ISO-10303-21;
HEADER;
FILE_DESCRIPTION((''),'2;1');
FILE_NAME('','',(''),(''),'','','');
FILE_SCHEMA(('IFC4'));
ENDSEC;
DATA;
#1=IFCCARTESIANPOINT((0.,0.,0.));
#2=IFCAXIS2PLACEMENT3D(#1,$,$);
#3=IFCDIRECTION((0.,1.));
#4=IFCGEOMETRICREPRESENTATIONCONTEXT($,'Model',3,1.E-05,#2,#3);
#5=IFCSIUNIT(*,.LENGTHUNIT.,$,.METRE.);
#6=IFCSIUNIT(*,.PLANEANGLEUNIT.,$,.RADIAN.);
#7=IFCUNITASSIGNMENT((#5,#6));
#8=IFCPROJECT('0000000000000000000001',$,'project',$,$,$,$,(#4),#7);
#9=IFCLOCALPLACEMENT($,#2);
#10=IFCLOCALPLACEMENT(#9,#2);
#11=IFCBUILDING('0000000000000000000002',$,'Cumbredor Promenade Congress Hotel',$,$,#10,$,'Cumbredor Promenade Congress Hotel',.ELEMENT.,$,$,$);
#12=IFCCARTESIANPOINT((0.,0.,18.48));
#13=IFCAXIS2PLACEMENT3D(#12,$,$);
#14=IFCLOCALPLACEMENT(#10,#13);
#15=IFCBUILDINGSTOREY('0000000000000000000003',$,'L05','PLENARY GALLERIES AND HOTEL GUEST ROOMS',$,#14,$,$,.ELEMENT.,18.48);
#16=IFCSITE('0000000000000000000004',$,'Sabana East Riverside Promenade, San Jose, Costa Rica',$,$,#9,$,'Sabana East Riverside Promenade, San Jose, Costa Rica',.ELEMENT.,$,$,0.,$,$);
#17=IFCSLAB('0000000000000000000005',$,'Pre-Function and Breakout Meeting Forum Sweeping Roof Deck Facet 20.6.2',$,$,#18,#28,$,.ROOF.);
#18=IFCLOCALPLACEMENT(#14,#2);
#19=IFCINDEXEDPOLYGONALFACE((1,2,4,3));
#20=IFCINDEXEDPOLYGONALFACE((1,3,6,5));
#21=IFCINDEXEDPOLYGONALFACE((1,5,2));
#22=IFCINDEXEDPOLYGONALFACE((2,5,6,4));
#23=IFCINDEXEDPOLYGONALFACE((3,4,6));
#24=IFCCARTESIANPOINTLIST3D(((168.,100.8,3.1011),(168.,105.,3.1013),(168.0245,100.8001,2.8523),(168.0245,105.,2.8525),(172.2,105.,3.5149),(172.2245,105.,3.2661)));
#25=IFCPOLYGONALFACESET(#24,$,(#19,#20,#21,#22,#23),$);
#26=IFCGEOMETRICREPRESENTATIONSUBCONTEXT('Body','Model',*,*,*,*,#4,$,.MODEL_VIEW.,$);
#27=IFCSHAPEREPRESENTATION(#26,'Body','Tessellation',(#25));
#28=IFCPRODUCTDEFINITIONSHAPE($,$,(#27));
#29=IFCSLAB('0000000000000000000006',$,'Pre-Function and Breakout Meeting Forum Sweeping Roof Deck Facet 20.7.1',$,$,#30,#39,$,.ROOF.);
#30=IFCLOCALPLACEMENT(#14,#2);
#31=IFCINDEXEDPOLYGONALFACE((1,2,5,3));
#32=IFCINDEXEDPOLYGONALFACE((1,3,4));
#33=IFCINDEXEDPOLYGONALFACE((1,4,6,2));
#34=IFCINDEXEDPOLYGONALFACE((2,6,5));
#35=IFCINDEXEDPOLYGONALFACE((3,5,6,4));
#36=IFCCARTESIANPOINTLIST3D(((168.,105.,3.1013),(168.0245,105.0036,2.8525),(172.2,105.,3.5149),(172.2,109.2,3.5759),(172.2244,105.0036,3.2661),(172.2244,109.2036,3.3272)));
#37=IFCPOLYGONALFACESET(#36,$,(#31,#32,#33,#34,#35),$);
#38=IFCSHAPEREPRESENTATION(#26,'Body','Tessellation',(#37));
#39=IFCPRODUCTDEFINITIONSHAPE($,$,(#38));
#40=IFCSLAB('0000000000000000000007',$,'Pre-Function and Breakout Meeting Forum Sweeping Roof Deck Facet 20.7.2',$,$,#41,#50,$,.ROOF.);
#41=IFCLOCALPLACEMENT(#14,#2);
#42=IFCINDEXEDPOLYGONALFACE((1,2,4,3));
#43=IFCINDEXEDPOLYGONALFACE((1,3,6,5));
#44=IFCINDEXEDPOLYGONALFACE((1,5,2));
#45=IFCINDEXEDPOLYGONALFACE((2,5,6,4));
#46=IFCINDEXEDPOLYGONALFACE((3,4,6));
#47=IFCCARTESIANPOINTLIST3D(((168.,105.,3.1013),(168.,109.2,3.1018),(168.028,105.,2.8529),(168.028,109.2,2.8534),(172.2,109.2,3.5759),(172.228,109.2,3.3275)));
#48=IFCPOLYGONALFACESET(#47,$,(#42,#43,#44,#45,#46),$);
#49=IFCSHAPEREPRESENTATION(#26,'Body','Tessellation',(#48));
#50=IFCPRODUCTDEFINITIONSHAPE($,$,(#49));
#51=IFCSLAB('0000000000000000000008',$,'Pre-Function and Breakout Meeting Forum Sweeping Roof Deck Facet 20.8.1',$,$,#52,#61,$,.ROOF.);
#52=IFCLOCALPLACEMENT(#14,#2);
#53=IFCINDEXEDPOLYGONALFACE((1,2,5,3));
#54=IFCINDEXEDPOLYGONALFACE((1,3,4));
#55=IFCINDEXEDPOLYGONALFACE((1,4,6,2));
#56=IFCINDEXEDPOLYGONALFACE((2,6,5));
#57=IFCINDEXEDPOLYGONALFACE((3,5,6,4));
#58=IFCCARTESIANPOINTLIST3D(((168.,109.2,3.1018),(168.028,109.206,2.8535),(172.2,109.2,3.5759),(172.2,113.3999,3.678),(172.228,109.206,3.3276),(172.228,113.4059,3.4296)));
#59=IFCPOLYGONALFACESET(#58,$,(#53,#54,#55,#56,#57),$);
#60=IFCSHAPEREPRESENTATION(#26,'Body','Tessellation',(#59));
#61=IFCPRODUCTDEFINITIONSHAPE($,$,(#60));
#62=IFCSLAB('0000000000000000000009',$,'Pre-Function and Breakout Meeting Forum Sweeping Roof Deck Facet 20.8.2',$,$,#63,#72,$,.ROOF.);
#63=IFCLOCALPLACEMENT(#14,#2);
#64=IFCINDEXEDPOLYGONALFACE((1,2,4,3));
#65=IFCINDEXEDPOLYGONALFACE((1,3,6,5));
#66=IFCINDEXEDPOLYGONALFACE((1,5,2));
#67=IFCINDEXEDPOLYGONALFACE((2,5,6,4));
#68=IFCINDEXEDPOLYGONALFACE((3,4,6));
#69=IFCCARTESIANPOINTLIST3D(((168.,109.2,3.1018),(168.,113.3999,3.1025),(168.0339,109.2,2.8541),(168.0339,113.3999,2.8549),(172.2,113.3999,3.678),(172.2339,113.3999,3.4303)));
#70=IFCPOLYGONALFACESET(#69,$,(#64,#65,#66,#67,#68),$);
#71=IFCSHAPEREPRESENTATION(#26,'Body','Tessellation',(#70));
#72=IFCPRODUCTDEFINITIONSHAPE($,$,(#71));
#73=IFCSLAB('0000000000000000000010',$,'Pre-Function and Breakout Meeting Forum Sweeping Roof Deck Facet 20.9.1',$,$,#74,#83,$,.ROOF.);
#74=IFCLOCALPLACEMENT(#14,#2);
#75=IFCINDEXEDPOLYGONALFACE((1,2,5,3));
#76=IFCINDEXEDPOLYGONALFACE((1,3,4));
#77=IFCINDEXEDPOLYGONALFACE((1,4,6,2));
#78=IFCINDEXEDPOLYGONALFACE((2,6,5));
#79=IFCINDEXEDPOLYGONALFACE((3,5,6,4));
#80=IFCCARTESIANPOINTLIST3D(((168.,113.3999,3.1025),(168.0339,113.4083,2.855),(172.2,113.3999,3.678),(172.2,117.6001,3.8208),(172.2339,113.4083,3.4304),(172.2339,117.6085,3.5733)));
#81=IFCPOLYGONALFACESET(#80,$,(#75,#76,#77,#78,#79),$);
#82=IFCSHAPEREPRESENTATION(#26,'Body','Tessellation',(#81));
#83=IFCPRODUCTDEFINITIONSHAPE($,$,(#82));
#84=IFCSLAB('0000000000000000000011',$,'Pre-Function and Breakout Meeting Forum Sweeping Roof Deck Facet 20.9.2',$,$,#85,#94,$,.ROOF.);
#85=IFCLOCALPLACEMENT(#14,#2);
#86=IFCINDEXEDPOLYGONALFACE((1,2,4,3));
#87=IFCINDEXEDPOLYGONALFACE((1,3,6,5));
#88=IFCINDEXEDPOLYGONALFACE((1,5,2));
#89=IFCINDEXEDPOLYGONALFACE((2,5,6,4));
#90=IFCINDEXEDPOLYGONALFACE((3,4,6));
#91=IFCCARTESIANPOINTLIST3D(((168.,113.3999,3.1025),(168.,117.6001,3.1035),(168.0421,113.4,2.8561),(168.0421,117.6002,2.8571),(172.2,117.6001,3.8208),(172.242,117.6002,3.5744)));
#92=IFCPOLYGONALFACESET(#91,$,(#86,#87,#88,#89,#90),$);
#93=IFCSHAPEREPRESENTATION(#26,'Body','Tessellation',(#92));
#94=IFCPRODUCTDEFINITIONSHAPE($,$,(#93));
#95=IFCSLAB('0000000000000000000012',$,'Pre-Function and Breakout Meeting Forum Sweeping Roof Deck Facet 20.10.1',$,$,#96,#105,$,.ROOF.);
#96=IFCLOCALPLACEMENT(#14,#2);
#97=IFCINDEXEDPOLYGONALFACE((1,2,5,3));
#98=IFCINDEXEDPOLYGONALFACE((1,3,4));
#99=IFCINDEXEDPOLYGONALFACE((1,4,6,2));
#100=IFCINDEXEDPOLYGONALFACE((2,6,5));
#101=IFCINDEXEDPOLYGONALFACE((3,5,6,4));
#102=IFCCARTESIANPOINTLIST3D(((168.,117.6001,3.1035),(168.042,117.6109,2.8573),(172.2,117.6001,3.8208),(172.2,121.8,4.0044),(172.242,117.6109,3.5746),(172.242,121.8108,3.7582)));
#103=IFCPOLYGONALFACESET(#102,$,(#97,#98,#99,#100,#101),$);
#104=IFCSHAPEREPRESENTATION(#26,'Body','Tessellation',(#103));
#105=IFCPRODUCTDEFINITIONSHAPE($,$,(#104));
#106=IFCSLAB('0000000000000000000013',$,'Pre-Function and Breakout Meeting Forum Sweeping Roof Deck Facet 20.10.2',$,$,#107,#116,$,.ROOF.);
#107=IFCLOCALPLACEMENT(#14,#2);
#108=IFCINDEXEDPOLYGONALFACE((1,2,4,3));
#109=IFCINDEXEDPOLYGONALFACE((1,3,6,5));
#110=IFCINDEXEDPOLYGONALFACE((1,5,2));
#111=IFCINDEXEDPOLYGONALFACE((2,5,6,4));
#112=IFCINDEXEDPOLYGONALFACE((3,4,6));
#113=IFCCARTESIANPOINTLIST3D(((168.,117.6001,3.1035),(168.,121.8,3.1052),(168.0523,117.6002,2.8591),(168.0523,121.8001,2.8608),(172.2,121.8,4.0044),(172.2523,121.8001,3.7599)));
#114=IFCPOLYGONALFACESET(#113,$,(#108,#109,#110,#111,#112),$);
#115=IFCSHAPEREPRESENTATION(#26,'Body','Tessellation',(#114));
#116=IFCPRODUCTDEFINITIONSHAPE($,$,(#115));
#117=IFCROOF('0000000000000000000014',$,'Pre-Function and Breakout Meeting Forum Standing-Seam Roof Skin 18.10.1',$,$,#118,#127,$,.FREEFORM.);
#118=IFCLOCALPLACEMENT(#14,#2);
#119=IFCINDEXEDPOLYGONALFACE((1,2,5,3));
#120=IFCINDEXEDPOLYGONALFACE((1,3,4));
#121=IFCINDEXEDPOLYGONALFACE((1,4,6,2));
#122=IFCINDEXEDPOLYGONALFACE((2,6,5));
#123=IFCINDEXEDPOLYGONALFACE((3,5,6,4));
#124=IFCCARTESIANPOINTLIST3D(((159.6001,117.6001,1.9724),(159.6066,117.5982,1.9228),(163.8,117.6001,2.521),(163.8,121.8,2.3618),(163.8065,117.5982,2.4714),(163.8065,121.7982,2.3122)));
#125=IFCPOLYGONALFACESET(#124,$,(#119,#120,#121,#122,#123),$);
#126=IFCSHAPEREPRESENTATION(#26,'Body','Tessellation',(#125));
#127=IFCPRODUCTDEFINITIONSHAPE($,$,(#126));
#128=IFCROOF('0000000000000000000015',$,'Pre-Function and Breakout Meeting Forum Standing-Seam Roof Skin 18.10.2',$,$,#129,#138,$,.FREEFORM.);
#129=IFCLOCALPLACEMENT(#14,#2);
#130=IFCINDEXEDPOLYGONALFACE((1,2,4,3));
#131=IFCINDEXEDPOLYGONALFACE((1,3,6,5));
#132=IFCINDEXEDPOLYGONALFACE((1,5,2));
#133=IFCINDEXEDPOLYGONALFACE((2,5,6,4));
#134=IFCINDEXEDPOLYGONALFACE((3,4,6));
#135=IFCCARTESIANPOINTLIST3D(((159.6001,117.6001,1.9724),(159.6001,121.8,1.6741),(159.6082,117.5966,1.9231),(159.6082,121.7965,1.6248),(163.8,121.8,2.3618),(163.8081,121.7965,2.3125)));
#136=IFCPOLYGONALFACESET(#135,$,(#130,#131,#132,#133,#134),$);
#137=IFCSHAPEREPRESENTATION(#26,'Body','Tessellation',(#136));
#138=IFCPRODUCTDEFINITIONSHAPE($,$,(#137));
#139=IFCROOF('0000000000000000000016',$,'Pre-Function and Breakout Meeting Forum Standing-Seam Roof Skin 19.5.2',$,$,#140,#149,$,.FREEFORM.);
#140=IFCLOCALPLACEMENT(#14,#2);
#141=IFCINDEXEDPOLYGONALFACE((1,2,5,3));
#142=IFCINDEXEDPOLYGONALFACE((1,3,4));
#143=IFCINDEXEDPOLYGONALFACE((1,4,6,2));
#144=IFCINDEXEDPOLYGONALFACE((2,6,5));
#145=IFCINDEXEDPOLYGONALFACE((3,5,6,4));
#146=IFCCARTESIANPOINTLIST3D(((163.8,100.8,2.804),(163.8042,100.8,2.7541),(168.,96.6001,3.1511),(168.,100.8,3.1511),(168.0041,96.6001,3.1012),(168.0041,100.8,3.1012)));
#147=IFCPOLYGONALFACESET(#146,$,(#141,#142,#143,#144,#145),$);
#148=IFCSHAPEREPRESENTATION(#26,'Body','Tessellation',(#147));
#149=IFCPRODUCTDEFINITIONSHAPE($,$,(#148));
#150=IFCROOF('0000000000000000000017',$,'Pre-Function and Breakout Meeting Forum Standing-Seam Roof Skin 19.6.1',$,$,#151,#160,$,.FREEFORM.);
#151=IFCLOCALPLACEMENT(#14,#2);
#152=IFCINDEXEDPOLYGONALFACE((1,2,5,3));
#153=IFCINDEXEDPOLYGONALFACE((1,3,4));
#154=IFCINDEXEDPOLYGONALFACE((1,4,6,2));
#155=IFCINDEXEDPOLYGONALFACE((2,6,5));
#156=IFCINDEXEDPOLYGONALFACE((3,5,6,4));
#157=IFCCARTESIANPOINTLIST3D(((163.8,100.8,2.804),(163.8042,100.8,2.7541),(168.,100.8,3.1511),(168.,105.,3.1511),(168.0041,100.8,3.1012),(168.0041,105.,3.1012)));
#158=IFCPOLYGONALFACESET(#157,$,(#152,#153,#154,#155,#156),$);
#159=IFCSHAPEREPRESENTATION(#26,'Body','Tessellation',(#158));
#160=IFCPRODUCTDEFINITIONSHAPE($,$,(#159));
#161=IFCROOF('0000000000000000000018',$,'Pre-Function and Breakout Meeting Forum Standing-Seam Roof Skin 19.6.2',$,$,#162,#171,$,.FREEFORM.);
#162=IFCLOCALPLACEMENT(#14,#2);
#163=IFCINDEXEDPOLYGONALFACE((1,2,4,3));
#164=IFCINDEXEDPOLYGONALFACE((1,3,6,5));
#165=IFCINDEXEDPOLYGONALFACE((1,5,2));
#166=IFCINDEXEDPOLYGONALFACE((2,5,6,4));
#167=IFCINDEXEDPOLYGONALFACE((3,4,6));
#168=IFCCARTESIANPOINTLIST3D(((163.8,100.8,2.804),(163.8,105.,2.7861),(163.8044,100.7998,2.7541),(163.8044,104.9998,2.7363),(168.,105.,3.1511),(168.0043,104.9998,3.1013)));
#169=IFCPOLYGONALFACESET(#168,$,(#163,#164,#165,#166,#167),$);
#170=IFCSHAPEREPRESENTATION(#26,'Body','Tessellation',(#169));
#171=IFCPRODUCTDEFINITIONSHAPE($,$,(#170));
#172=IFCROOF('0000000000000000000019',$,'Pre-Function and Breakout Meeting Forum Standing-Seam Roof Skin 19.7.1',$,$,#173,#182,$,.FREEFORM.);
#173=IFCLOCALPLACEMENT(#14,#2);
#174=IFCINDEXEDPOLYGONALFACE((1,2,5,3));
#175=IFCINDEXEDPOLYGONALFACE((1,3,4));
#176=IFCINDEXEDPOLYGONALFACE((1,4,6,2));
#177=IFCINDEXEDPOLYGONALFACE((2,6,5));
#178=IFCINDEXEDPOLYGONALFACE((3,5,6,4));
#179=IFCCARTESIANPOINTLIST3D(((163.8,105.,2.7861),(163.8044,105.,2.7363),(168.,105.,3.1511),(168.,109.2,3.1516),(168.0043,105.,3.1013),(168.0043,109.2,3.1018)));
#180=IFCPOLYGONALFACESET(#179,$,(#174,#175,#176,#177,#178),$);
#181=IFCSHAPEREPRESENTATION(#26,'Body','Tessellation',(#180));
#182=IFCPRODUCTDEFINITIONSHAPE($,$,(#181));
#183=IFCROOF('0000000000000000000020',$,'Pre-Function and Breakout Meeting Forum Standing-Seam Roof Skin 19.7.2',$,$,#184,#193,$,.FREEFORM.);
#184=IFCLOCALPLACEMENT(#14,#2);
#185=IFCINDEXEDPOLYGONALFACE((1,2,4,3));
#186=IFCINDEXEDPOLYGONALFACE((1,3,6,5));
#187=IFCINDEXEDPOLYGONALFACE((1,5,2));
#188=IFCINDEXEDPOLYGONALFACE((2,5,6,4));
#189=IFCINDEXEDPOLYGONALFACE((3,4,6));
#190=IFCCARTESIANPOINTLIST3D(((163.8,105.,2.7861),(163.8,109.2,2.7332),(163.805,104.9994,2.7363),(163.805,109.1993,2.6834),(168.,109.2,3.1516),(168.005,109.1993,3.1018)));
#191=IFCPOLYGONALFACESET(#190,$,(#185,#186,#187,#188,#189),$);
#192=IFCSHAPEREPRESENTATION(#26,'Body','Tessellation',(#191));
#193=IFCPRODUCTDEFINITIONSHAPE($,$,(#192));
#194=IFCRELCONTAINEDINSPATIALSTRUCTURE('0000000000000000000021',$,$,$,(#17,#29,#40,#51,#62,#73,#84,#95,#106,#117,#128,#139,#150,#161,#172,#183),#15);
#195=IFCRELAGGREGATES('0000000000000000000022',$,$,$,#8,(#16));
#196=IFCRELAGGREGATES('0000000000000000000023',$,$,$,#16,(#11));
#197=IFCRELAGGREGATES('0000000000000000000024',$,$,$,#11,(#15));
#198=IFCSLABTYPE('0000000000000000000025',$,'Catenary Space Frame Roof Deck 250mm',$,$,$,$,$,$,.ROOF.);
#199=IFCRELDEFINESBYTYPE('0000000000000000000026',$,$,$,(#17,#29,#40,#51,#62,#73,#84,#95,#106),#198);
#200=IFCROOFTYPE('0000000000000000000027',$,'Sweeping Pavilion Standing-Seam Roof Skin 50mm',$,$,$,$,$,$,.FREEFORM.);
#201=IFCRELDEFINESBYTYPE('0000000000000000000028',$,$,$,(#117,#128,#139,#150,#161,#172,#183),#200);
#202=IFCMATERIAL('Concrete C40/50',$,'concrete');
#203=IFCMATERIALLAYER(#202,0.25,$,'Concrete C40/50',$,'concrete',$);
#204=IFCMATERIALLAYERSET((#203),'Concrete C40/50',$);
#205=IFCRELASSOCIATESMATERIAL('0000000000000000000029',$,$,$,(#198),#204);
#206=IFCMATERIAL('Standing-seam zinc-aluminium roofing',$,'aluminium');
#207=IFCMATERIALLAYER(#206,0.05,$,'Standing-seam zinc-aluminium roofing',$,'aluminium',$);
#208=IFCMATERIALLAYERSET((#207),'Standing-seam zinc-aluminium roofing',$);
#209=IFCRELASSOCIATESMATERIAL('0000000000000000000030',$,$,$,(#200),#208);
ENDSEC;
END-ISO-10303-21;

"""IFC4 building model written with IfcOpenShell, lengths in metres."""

from ifc_helpers import new_model, si_unit, direction, frame, origin, place, context, subcontext, project, spatial, polyline, outline, extrude, material, layer, layer_set, type_object, element, save


model = new_model("IFC4")

# Units and contexts
model_context = context("Model", 3, precision=1e-05, world=origin(), true_north=direction((0.0, 1.0)))
body_context = subcontext(model_context, "Body", "Model", "MODEL_VIEW")
ifc_project = project(units=[si_unit("LENGTHUNIT", "METRE"), si_unit("PLANEANGLEUNIT", "RADIAN")], contexts=[model_context])

# Site, building, storey
site_placement = place(None, origin())
site = spatial("IfcSite", under=ifc_project, at=site_placement, Name="Sabana East Riverside Promenade, San Jose, Costa Rica", LongName="Sabana East Riverside Promenade, San Jose, Costa Rica", CompositionType="ELEMENT", RefElevation=0.0)
building_placement = place(site_placement, origin())
building = spatial("IfcBuilding", under=site, at=building_placement, Name="Cumbredor Promenade Congress Hotel", LongName="Cumbredor Promenade Congress Hotel", CompositionType="ELEMENT")
storey_placement = place(building_placement, frame((0.0, 0.0, 18.48)))
storey = spatial("IfcBuildingStorey", under=building, at=storey_placement, Name="L05", Description="PLENARY GALLERIES AND HOTEL GUEST ROOMS", CompositionType="ELEMENT", Elevation=18.48)

# Slabs
ifc_material_1 = material(Name="Concrete C40/50", Category="concrete")
ifc_layer_1 = layer(ifc_material_1, 0.25, Name="Concrete C40/50", Category="concrete")
ifc_layer_set_1 = layer_set([ifc_layer_1], Name="Concrete C40/50")
slab_type = type_object("IfcSlabType", Name="Catenary Space Frame Roof Deck 250mm", PredefinedType="ROOF", material=ifc_layer_set_1)
slab_1_placement = place(storey_placement, frame((168.0, 100.8, 3.1011), z_axis=(-0.097997, -0.000058, 0.995187), x_axis=(0.705397, 0.705397, 0.069502)))
element("IfcSlab", 1, at=slab_1_placement, inside=storey, type_object=slab_type, Name="Pre-Function and Breakout Meeting Forum Sweeping Roof Deck Facet 20.6.2", PredefinedType="ROOF", context=body_context, shape_type="SweptSolid", body=[
    extrude(outline(polyline([(0.0, 0.0), (5.954, 0.0), (2.9626, 2.977), (0.0, 0.0)])), origin(), (0.0, 0.0, -1.0), 0.25),
])
slab_2_placement = place(storey_placement, frame((168.0, 105.0, 3.1013), z_axis=(-0.097987, -0.014461, 0.995083), x_axis=(0.995187, 0.0, 0.097997)))
element("IfcSlab", 2, at=slab_2_placement, inside=storey, type_object=slab_type, Name="Pre-Function and Breakout Meeting Forum Sweeping Roof Deck Facet 20.7.1", PredefinedType="ROOF", context=body_context, shape_type="SweptSolid", body=[
    extrude(outline(polyline([(0.0, 0.0), (4.2203, 0.0), (4.2262, 4.2004), (0.0, 0.0)])), origin(), (0.0, 0.0, -1.0), 0.25),
])
slab_3_placement = place(storey_placement, frame((168.0, 105.0, 3.1013), z_axis=(-0.112175, -0.000116, 0.993688), x_axis=(0.70486, 0.70486, 0.079652)))
element("IfcSlab", 3, at=slab_3_placement, inside=storey, type_object=slab_type, Name="Pre-Function and Breakout Meeting Forum Sweeping Roof Deck Facet 20.7.2", PredefinedType="ROOF", context=body_context, shape_type="SweptSolid", body=[
    extrude(outline(polyline([(0.0, 0.0), (5.9586, 0.0), (2.9604, 2.9792), (0.0, 0.0)])), origin(), (0.0, 0.0, -1.0), 0.25),
])
slab_4_placement = place(storey_placement, frame((168.0, 109.2, 3.1018), z_axis=(-0.112142, -0.024138, 0.993399), x_axis=(0.993688, 0.0, 0.112175)))
element("IfcSlab", 4, at=slab_4_placement, inside=storey, type_object=slab_type, Name="Pre-Function and Breakout Meeting Forum Sweeping Roof Deck Facet 20.8.1", PredefinedType="ROOF", context=body_context, shape_type="SweptSolid", body=[
    extrude(outline(polyline([(0.0, 0.0), (4.2266, 0.0), (4.2381, 4.2012), (0.0, 0.0)])), origin(), (0.0, 0.0, -1.0), 0.25),
])
slab_5_placement = place(storey_placement, frame((168.0, 109.2, 3.1018), z_axis=(-0.135743, -0.000173, 0.990744), x_axis=(0.703803, 0.703803, 0.096552)))
element("IfcSlab", 5, at=slab_5_placement, inside=storey, type_object=slab_type, Name="Pre-Function and Breakout Meeting Forum Sweeping Roof Deck Facet 20.8.2", PredefinedType="ROOF", context=body_context, shape_type="SweptSolid", body=[
    extrude(outline(polyline([(0.0, 0.0), (5.9675, 0.0), (2.956, 2.9836), (0.0, 0.0)])), origin(), (0.0, 0.0, -1.0), 0.25),
])
slab_6_placement = place(storey_placement, frame((168.0, 113.3999, 3.1025), z_axis=(-0.135666, -0.03367, 0.990182), x_axis=(0.990744, 0.0, 0.135743)))
element("IfcSlab", 6, at=slab_6_placement, inside=storey, type_object=slab_type, Name="Pre-Function and Breakout Meeting Forum Sweeping Roof Deck Facet 20.9.1", PredefinedType="ROOF", context=body_context, shape_type="SweptSolid", body=[
    extrude(outline(polyline([(0.0, 0.0), (4.2392, 0.0), (4.2586, 4.2026), (0.0, 0.0)])), origin(), (0.0, 0.0, -1.0), 0.25),
])
slab_7_placement = place(storey_placement, frame((168.0, 113.3999, 3.1025), z_axis=(-0.168347, -0.000229, 0.985728), x_axis=(0.701973, 0.702013, 0.120049)))
element("IfcSlab", 7, at=slab_7_placement, inside=storey, type_object=slab_type, Name="Pre-Function and Breakout Meeting Forum Sweeping Roof Deck Facet 20.9.2", PredefinedType="ROOF", context=body_context, shape_type="SweptSolid", body=[
    extrude(outline(polyline([(0.0, 0.0), (5.9831, 0.0), (2.9487, 2.9911), (0.0, 0.0)])), origin(), (0.0, 0.0, -1.0), 0.25),
])
slab_8_placement = place(storey_placement, frame((168.0, 117.6001, 3.1035), z_axis=(-0.168191, -0.043049, 0.984814), x_axis=(0.985728, 0.0, 0.168347)))
element("IfcSlab", 8, at=slab_8_placement, inside=storey, type_object=slab_type, Name="Pre-Function and Breakout Meeting Forum Sweeping Roof Deck Facet 20.10.1", PredefinedType="ROOF", context=body_context, shape_type="SweptSolid", body=[
    extrude(outline(polyline([(0.0, 0.0), (4.2608, 0.0), (4.2917, 4.2038), (0.0, 0.0)])), origin(), (0.0, 0.0, -1.0), 0.25),
])
slab_9_placement = place(storey_placement, frame((168.0, 117.6001, 3.1035), z_axis=(-0.209347, -0.000398, 0.977841), x_axis=(0.699111, 0.699111, 0.149958)))
element("IfcSlab", 9, at=slab_9_placement, inside=storey, type_object=slab_type, Name="Pre-Function and Breakout Meeting Forum Sweeping Roof Deck Facet 20.10.2", PredefinedType="ROOF", context=body_context, shape_type="SweptSolid", body=[
    extrude(outline(polyline([(0.0, 0.0), (6.0076, 0.0), (2.9365, 3.0028), (0.0, 0.0)])), origin(), (0.0, 0.0, -1.0), 0.25),
])

# Roofs
ifc_material_2 = material(Name="Standing-seam zinc-aluminium roofing", Category="aluminium")
ifc_layer_2 = layer(ifc_material_2, 0.05, Name="Standing-seam zinc-aluminium roofing", Category="aluminium")
ifc_layer_set_2 = layer_set([ifc_layer_2], Name="Standing-seam zinc-aluminium roofing")
roof_type = type_object("IfcRoofType", Name="Sweeping Pavilion Standing-Seam Roof Skin 50mm", PredefinedType="FREEFORM", material=ifc_layer_set_2)
roof_1_placement = place(storey_placement, frame((159.6001, 117.6001, 1.9724), z_axis=(-0.129425, 0.037555, 0.990878), x_axis=(0.991577, 0.0, 0.129517)))
element("IfcRoof", 10, at=roof_1_placement, inside=storey, type_object=roof_type, Name="Pre-Function and Breakout Meeting Forum Standing-Seam Roof Skin 18.10.1", PredefinedType="FREEFORM", context=body_context, shape_type="SweptSolid", body=[
    extrude(outline(polyline([(0.0, 0.0), (4.2356, 0.0), (4.215, 4.2029), (0.0, 0.0)])), origin(), (0.0, 0.0, -1.0), 0.05),
])
roof_2_placement = place(storey_placement, frame((159.6001, 117.6001, 1.9724), z_axis=(-0.161203, 0.069929, 0.984441), x_axis=(0.705592, 0.705592, 0.06542)))
element("IfcRoof", 11, at=roof_2_placement, inside=storey, type_object=roof_type, Name="Pre-Function and Breakout Meeting Forum Standing-Seam Roof Skin 18.10.2", PredefinedType="FREEFORM", context=body_context, shape_type="SweptSolid", body=[
    extrude(outline(polyline([(0.0, 0.0), (5.9524, 0.0), (2.9439, 3.0103), (0.0, 0.0)])), origin(), (0.0, 0.0, -1.0), 0.05),
])
roof_3_placement = place(storey_placement, frame((168.0, 96.6001, 3.1511), z_axis=(-0.082379, 0.0, 0.996601), x_axis=(0.0, 1.0, 0.0)))
element("IfcRoof", 12, at=roof_3_placement, inside=storey, type_object=roof_type, Name="Pre-Function and Breakout Meeting Forum Standing-Seam Roof Skin 19.5.2", PredefinedType="FREEFORM", context=body_context, shape_type="SweptSolid", body=[
    extrude(outline(polyline([(0.0, 0.0), (4.2, 0.0), (4.2, 4.2143), (0.0, 0.0)])), origin(), (0.0, 0.0, -1.0), 0.05),
])
roof_4_placement = place(storey_placement, frame((163.8, 100.8, 2.804), z_axis=(-0.082379, 0.0, 0.996601), x_axis=(0.996601, 0.0, 0.082379)))
element("IfcRoof", 13, at=roof_4_placement, inside=storey, type_object=roof_type, Name="Pre-Function and Breakout Meeting Forum Standing-Seam Roof Skin 19.6.1", PredefinedType="FREEFORM", context=body_context, shape_type="SweptSolid", body=[
    extrude(outline(polyline([(0.0, 0.0), (4.2143, 0.0), (4.2143, 4.2), (0.0, 0.0)])), origin(), (0.0, 0.0, -1.0), 0.05),
])
roof_5_placement = place(storey_placement, frame((163.8, 100.8, 2.804), z_axis=(-0.086576, 0.004227, 0.996236), x_axis=(0.705902, 0.705902, 0.05835)))
element("IfcRoof", 14, at=roof_5_placement, inside=storey, type_object=roof_type, Name="Pre-Function and Breakout Meeting Forum Standing-Seam Roof Skin 19.6.2", PredefinedType="FREEFORM", context=body_context, shape_type="SweptSolid", body=[
    extrude(outline(polyline([(0.0, 0.0), (5.9498, 0.0), (2.9637, 2.976), (0.0, 0.0)])), origin(), (0.0, 0.0, -1.0), 0.05),
])
roof_6_placement = place(storey_placement, frame((163.8, 105.0, 2.7861), z_axis=(-0.086577, -0.000116, 0.996245), x_axis=(0.996245, 0.0, 0.086577)))
element("IfcRoof", 15, at=roof_6_placement, inside=storey, type_object=roof_type, Name="Pre-Function and Breakout Meeting Forum Standing-Seam Roof Skin 19.7.1", PredefinedType="FREEFORM", context=body_context, shape_type="SweptSolid", body=[
    extrude(outline(polyline([(0.0, 0.0), (4.2158, 0.0), (4.2158, 4.2), (0.0, 0.0)])), origin(), (0.0, 0.0, -1.0), 0.05),
])
roof_7_placement = place(storey_placement, frame((163.8, 105.0, 2.7861), z_axis=(-0.099135, 0.012551, 0.994995), x_axis=(0.705772, 0.705772, 0.061416)))
element("IfcRoof", 16, at=roof_7_placement, inside=storey, type_object=roof_type, Name="Pre-Function and Breakout Meeting Forum Standing-Seam Roof Skin 19.7.2", PredefinedType="FREEFORM", context=body_context, shape_type="SweptSolid", body=[
    extrude(outline(polyline([(0.0, 0.0), (5.9509, 0.0), (2.961, 2.9791), (0.0, 0.0)])), origin(), (0.0, 0.0, -1.0), 0.05),
])

save(model, "model.ifc")
